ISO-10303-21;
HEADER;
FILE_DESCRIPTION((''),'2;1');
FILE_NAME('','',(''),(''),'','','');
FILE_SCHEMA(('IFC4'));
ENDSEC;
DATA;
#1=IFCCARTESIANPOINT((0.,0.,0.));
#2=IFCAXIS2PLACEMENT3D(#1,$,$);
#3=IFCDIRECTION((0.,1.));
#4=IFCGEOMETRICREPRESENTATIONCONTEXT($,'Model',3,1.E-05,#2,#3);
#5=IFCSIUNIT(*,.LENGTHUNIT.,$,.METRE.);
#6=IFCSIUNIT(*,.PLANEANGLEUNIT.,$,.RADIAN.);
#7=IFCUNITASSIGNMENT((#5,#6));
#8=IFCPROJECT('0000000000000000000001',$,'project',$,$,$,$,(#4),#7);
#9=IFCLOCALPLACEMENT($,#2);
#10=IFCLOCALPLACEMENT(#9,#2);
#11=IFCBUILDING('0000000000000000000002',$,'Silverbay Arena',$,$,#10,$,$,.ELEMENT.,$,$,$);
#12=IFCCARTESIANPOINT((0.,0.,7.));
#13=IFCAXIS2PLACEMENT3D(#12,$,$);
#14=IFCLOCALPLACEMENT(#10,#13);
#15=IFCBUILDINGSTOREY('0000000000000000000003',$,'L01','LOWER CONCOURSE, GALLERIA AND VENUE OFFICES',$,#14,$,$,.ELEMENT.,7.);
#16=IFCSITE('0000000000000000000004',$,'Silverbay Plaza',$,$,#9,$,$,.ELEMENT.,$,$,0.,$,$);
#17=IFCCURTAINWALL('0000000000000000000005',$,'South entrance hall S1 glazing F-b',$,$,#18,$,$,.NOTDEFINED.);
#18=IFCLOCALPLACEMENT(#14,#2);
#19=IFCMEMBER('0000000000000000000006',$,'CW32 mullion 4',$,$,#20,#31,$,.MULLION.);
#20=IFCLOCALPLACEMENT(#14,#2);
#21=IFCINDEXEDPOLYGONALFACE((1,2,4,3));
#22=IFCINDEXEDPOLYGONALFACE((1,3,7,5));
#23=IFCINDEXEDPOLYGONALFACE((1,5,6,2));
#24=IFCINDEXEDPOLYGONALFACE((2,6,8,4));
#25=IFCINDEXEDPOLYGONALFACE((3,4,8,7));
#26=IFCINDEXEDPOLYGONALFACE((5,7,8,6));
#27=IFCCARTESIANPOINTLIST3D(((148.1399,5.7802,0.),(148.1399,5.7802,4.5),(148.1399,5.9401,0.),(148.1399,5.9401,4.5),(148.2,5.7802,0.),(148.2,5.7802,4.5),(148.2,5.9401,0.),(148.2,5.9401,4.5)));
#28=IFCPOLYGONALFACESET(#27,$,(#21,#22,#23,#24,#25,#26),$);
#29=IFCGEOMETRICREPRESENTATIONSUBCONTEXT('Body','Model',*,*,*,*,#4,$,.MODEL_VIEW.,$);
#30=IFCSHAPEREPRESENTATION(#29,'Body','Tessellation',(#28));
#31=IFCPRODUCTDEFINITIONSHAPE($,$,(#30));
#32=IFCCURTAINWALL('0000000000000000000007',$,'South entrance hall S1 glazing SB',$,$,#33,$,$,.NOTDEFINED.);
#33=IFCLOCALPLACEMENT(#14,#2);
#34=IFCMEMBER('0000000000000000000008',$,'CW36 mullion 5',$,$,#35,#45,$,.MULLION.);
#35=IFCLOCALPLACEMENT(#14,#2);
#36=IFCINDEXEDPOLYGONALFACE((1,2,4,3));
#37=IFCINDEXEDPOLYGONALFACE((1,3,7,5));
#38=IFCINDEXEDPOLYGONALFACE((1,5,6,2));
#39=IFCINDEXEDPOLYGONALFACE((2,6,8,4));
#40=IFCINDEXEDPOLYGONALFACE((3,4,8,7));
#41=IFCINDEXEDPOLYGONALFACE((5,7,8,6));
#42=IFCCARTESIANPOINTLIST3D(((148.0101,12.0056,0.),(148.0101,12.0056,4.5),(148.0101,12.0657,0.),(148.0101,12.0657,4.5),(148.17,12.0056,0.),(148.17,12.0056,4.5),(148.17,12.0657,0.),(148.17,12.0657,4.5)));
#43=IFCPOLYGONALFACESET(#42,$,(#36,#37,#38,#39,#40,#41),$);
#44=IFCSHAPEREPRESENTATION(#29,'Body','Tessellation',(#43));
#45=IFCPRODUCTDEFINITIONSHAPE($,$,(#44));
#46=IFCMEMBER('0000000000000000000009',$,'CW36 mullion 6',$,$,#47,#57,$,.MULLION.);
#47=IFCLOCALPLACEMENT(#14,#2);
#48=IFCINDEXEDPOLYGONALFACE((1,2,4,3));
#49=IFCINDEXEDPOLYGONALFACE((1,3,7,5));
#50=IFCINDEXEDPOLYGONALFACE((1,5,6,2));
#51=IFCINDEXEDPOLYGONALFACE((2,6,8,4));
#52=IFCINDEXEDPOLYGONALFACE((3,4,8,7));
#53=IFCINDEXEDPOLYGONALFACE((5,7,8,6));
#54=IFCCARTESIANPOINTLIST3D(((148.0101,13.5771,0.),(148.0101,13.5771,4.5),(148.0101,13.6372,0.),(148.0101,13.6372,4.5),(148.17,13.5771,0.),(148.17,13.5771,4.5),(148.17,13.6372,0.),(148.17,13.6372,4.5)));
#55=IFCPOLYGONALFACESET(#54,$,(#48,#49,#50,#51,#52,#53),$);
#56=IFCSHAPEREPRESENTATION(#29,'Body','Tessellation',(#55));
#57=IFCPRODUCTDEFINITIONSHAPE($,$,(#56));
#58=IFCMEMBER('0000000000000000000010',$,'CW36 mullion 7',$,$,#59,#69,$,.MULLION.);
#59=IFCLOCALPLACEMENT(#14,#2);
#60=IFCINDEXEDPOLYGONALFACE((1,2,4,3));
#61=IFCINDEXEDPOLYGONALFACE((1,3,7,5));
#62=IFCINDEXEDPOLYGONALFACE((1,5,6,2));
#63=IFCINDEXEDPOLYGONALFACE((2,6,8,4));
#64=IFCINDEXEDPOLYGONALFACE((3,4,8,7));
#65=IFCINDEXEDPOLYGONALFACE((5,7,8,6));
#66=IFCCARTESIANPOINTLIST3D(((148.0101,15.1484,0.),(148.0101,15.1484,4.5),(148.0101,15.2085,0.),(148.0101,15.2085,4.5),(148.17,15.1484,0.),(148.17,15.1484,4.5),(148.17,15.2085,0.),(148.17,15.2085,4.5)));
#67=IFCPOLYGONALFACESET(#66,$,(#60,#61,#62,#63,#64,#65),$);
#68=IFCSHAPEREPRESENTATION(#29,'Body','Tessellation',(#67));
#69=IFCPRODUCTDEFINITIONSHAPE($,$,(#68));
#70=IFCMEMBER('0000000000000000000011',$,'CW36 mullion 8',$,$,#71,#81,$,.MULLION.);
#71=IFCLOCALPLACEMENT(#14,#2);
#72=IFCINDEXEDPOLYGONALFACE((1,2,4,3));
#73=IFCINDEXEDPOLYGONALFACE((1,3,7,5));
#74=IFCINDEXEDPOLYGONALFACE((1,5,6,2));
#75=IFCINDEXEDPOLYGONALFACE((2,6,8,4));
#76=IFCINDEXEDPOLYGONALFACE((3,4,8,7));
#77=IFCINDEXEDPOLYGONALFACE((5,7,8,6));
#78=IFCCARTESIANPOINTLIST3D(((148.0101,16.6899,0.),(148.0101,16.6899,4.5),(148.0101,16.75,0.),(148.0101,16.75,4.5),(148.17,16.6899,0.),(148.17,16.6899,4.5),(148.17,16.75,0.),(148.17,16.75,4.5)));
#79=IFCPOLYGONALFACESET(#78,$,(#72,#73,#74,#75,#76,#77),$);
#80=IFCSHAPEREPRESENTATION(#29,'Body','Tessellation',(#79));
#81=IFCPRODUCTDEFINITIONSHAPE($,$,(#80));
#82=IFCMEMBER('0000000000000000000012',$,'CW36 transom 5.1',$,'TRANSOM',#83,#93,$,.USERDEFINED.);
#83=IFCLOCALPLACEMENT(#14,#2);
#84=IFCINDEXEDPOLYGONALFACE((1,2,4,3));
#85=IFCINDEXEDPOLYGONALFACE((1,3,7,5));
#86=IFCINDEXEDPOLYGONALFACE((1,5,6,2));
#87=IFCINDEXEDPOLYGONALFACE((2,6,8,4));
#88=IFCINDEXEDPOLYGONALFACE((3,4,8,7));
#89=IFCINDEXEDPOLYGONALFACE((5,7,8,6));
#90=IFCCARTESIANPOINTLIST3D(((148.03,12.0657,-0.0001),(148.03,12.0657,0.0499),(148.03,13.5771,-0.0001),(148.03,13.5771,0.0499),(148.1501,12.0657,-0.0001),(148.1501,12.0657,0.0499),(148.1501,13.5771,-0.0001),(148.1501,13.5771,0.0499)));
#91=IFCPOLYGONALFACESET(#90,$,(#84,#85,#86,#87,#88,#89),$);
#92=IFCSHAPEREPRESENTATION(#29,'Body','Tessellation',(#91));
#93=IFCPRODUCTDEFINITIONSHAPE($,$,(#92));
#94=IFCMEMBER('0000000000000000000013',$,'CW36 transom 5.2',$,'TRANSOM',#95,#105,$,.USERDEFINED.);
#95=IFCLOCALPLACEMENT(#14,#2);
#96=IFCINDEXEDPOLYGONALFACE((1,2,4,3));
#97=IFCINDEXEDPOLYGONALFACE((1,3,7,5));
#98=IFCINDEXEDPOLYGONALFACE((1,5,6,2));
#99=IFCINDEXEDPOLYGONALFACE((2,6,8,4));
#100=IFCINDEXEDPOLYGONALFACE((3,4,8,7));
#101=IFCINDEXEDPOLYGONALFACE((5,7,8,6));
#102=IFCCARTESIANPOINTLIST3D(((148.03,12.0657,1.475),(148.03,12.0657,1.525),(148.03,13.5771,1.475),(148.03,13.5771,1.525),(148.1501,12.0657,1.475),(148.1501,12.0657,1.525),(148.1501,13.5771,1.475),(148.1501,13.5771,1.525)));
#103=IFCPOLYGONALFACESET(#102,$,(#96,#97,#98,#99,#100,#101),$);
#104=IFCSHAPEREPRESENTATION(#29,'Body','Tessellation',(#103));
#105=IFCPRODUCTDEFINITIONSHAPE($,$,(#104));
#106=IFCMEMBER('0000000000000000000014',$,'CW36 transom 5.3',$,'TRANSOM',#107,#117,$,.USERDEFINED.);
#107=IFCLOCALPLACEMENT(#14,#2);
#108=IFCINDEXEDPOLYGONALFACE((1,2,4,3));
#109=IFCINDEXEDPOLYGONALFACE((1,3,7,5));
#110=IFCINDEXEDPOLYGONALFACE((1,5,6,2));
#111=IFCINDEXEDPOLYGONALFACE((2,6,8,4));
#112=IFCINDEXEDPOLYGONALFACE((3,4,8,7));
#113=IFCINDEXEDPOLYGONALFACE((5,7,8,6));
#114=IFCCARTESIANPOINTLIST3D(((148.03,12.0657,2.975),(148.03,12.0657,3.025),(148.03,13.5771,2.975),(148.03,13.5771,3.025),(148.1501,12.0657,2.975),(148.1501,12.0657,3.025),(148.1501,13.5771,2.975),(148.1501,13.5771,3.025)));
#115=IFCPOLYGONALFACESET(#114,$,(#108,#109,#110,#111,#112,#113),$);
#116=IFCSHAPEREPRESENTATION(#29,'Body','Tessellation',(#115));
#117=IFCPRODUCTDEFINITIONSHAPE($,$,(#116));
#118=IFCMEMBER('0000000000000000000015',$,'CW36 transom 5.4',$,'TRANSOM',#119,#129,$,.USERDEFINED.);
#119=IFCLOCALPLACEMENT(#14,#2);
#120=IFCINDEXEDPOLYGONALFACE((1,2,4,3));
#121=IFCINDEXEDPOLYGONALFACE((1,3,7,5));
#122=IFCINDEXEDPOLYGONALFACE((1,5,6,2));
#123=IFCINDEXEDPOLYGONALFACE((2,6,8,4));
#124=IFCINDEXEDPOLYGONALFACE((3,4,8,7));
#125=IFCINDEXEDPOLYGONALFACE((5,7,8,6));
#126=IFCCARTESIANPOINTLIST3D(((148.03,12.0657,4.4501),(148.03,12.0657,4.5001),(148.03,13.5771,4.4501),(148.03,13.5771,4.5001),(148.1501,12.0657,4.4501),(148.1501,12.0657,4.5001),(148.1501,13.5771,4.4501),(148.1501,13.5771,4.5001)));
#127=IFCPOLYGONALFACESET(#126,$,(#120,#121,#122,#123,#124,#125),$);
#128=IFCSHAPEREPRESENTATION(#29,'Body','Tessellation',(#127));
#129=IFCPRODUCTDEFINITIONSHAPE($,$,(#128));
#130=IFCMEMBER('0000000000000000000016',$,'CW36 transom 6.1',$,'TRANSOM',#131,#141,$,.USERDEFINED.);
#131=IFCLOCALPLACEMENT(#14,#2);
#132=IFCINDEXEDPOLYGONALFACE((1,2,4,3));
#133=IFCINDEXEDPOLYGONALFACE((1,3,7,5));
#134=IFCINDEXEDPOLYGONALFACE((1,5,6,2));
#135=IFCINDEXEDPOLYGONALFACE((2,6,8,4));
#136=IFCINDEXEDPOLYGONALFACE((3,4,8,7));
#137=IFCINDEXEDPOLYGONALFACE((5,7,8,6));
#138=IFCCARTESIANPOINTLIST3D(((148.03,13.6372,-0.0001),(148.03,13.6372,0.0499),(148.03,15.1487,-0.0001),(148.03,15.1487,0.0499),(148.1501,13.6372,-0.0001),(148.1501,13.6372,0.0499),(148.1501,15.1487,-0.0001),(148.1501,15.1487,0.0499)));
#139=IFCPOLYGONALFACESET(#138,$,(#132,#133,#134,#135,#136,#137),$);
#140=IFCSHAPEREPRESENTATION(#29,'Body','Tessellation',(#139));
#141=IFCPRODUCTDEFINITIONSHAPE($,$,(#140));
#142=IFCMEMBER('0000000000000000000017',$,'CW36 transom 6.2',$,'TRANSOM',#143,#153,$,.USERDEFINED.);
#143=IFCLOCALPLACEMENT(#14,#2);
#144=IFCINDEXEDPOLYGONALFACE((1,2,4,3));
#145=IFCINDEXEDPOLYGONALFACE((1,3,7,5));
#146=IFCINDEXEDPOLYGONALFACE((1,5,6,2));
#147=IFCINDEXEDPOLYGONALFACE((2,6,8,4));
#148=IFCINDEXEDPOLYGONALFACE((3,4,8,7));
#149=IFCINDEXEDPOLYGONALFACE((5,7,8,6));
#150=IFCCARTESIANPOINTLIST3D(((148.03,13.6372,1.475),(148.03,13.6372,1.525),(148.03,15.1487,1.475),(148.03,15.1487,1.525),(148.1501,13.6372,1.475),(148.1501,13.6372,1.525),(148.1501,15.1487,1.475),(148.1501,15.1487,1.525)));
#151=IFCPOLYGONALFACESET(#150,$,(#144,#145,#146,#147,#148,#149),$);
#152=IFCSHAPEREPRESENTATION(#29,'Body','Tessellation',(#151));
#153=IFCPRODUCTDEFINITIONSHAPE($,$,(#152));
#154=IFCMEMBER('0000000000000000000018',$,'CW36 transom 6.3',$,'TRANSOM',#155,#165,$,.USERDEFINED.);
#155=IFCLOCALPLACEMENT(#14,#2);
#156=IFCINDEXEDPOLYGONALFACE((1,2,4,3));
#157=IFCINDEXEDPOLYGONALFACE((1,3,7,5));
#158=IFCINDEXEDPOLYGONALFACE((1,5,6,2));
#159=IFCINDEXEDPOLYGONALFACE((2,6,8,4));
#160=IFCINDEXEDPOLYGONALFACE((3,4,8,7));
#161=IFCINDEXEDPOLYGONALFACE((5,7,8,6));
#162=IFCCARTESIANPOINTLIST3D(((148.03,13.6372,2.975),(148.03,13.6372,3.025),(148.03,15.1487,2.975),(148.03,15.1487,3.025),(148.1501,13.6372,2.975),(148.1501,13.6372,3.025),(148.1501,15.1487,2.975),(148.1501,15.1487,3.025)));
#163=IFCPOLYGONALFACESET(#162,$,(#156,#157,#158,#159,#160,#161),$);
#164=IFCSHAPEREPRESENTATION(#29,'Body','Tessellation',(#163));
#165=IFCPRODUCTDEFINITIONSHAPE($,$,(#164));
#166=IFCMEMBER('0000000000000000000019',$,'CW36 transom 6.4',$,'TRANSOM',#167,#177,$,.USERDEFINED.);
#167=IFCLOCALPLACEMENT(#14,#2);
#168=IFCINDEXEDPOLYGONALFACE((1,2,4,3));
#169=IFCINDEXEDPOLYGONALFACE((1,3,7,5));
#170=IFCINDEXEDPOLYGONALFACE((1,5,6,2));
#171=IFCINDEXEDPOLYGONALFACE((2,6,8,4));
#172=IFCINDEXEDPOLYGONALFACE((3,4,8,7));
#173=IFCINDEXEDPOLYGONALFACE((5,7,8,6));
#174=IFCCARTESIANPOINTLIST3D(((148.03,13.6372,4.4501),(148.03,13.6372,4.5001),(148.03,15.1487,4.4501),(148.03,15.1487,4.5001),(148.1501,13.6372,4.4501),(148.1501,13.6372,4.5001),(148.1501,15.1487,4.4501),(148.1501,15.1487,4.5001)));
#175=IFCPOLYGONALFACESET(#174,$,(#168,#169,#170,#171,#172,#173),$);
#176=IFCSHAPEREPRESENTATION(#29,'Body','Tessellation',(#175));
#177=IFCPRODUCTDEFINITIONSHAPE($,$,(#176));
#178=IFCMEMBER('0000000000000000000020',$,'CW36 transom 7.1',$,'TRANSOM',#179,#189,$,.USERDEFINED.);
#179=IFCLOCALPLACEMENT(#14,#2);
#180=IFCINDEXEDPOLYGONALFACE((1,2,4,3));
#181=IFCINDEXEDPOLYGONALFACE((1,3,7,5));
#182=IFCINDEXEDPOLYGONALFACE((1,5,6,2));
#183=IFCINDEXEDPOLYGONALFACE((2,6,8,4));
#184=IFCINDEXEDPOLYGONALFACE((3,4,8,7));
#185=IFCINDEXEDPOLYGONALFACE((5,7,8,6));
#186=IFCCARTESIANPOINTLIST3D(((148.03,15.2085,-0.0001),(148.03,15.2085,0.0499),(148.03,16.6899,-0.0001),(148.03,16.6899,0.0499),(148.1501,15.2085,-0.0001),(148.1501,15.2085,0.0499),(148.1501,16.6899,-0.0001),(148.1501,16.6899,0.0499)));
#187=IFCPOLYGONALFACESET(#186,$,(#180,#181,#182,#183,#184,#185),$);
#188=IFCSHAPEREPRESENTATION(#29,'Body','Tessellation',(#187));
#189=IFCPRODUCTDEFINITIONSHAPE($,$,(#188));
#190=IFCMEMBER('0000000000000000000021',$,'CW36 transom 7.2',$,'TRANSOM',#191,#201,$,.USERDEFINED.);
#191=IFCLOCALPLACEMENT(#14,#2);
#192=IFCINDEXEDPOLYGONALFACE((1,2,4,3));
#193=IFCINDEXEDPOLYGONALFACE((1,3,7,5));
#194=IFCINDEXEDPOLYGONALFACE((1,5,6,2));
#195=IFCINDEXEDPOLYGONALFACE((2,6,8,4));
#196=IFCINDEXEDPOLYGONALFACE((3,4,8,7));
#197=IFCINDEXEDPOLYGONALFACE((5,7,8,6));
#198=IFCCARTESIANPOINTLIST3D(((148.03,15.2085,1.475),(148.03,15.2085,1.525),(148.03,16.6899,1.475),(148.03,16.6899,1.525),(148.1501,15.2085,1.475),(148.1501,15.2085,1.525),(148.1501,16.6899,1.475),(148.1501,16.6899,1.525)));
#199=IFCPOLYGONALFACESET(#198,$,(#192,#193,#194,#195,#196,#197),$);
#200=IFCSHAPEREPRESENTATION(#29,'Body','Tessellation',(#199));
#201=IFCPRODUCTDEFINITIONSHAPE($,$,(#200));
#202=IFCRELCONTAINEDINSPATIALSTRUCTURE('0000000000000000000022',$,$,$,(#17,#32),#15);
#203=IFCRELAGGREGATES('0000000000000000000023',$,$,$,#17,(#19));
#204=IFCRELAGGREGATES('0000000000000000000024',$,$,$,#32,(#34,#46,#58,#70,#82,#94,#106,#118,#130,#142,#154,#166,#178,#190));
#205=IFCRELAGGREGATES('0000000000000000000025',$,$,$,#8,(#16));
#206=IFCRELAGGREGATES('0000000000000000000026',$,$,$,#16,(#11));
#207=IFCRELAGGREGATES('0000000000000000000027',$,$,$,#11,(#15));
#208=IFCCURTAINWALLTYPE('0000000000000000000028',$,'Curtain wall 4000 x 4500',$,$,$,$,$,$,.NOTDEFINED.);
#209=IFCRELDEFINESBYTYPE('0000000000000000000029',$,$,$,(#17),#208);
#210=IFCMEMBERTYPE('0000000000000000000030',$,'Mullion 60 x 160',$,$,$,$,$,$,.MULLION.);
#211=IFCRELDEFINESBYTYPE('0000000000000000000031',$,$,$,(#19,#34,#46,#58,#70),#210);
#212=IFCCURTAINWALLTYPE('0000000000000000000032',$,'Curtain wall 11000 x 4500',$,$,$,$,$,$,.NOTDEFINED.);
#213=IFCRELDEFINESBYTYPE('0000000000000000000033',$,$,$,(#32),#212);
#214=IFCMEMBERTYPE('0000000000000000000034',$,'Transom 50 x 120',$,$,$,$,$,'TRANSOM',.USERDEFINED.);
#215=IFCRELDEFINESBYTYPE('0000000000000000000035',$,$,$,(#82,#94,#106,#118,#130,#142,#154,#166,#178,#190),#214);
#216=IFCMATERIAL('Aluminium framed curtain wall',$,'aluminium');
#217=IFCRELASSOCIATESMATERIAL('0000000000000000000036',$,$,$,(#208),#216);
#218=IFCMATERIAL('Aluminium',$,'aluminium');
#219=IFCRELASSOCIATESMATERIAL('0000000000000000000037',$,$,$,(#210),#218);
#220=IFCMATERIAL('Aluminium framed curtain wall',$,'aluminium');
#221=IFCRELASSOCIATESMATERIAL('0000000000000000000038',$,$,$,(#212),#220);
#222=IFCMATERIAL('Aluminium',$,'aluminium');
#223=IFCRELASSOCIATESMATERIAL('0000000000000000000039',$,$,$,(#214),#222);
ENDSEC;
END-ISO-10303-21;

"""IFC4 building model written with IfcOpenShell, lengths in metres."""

from ifc_helpers import new_model, si_unit, direction, frame, origin, origin_2d, place, context, subcontext, project, spatial, rectangle, extrude, material, material_profile, profile_set, type_object, element, aggregate, save


model = new_model("IFC4")

# Units and contexts
model_context = context("Model", 3, precision=1e-05, world=origin(), true_north=direction((0.0, 1.0)))
body_context = subcontext(model_context, "Body", "Model", "MODEL_VIEW")
ifc_project = project(units=[si_unit("LENGTHUNIT", "METRE"), si_unit("PLANEANGLEUNIT", "RADIAN")], contexts=[model_context])

# Site, building, storey
site_placement = place(None, origin())
site = spatial("IfcSite", under=ifc_project, at=site_placement, Name="Silverbay Plaza", CompositionType="ELEMENT", RefElevation=0.0)
building_placement = place(site_placement, origin())
building = spatial("IfcBuilding", under=site, at=building_placement, Name="Silverbay Arena", CompositionType="ELEMENT")
storey_placement = place(building_placement, frame((0.0, 0.0, 7.0)))
storey = spatial("IfcBuildingStorey", under=building, at=storey_placement, Name="L01", Description="LOWER CONCOURSE, GALLERIA AND VENUE OFFICES", CompositionType="ELEMENT", Elevation=7.0)

# Curtain wall, member
ifc_material_1 = material(Name="Aluminium framed curtain wall", Category="aluminium")
curtain_wall_type_1 = type_object("IfcCurtainWallType", Name="Curtain wall 4000 x 4500", PredefinedType="NOTDEFINED", material=ifc_material_1)
curtain_wall_1_placement = place(storey_placement, origin())
curtain_wall_1 = element("IfcCurtainWall", 1, at=curtain_wall_1_placement, inside=storey, type_object=curtain_wall_type_1, Name="South entrance hall S1 glazing F-b", PredefinedType="NOTDEFINED")
ifc_material_2 = material(Name="Aluminium", Category="aluminium")
ifc_material_profile_1 = material_profile(ifc_material_2, rectangle(XDim=0.1599, YDim=0.0601, at=origin_2d()), Name="Mullion 60 x 160")
ifc_profile_set_1 = profile_set([ifc_material_profile_1], Name="Aluminium")
member_type_1 = type_object("IfcMemberType", Name="Mullion 60 x 160", PredefinedType="MULLION", material=ifc_profile_set_1)
member_1_placement = place(storey_placement, frame((148.1699, 5.8601, 0.0), z_axis=(0.0, 0.0, 1.0), x_axis=(0.0, 1.0, 0.0)))
member_1 = element("IfcMember", 2, at=member_1_placement, type_object=member_type_1, Name="CW32 mullion 4", PredefinedType="MULLION", context=body_context, shape_type="SweptSolid", body=[
    extrude(rectangle(XDim=0.1599, YDim=0.0601, at=origin_2d()), origin(), (0.0, 0.0, 1.0), 4.5),
])
aggregate(curtain_wall_1, [member_1])

# Curtain wall, members
ifc_material_3 = material(Name="Aluminium framed curtain wall", Category="aluminium")
curtain_wall_type_2 = type_object("IfcCurtainWallType", Name="Curtain wall 11000 x 4500", PredefinedType="NOTDEFINED", material=ifc_material_3)
curtain_wall_2_placement = place(storey_placement, origin())
curtain_wall_2 = element("IfcCurtainWall", 3, at=curtain_wall_2_placement, inside=storey, type_object=curtain_wall_type_2, Name="South entrance hall S1 glazing SB", PredefinedType="NOTDEFINED")
member_2_placement = place(storey_placement, frame((148.0901, 12.0356, 0.0), z_axis=(0.0, 0.0, 1.0), x_axis=(-1.0, 0.0, 0.0)))
member_2 = element("IfcMember", 4, at=member_2_placement, type_object=member_type_1, Name="CW36 mullion 5", PredefinedType="MULLION", context=body_context, shape_type="SweptSolid", body=[
    extrude(rectangle(XDim=0.1599, YDim=0.0601, at=origin_2d()), origin(), (0.0, 0.0, 1.0), 4.5),
])
member_3_placement = place(storey_placement, frame((148.0901, 13.6072, 0.0), z_axis=(0.0, 0.0, 1.0), x_axis=(-1.0, 0.0, 0.0)))
member_3 = element("IfcMember", 5, at=member_3_placement, type_object=member_type_1, Name="CW36 mullion 6", PredefinedType="MULLION", context=body_context, shape_type="SweptSolid", body=[
    extrude(rectangle(XDim=0.1599, YDim=0.0601, at=origin_2d()), origin(), (0.0, 0.0, 1.0), 4.5),
])
member_4_placement = place(storey_placement, frame((148.0901, 15.1785, 0.0), z_axis=(0.0, 0.0, 1.0), x_axis=(-1.0, 0.0, 0.0)))
member_4 = element("IfcMember", 6, at=member_4_placement, type_object=member_type_1, Name="CW36 mullion 7", PredefinedType="MULLION", context=body_context, shape_type="SweptSolid", body=[
    extrude(rectangle(XDim=0.1599, YDim=0.0601, at=origin_2d()), origin(), (0.0, 0.0, 1.0), 4.5),
])
member_5_placement = place(storey_placement, frame((148.0901, 16.72, 0.0), z_axis=(0.0, 0.0, 1.0), x_axis=(-1.0, 0.0, 0.0)))
member_5 = element("IfcMember", 7, at=member_5_placement, type_object=member_type_1, Name="CW36 mullion 8", PredefinedType="MULLION", context=body_context, shape_type="SweptSolid", body=[
    extrude(rectangle(XDim=0.1599, YDim=0.0601, at=origin_2d()), origin(), (0.0, 0.0, 1.0), 4.5),
])
ifc_material_4 = material(Name="Aluminium", Category="aluminium")
ifc_material_profile_2 = material_profile(ifc_material_4, rectangle(XDim=0.1201, YDim=0.05, at=origin_2d()), Name="Transom 50 x 120")
ifc_profile_set_2 = profile_set([ifc_material_profile_2], Name="Aluminium")
member_type_2 = type_object("IfcMemberType", Name="Transom 50 x 120", ElementType="TRANSOM", PredefinedType="USERDEFINED", material=ifc_profile_set_2)
member_6_placement = place(storey_placement, frame((148.0901, 12.0657, 0.0249), z_axis=(0.0, 1.0, 0.0), x_axis=(-1.0, 0.0, 0.0)))
member_6 = element("IfcMember", 8, at=member_6_placement, type_object=member_type_2, Name="CW36 transom 5.1", ObjectType="TRANSOM", PredefinedType="USERDEFINED", context=body_context, shape_type="SweptSolid", body=[
    extrude(rectangle(XDim=0.1201, YDim=0.05, at=origin_2d()), origin(), (0.0, 0.0, 1.0), 1.5115),
])
member_7_placement = place(storey_placement, frame((148.0901, 12.0657, 1.5), z_axis=(0.0, 1.0, 0.0), x_axis=(-1.0, 0.0, 0.0)))
member_7 = element("IfcMember", 9, at=member_7_placement, type_object=member_type_2, Name="CW36 transom 5.2", ObjectType="TRANSOM", PredefinedType="USERDEFINED", context=body_context, shape_type="SweptSolid", body=[
    extrude(rectangle(XDim=0.1201, YDim=0.05, at=origin_2d()), origin(), (0.0, 0.0, 1.0), 1.5115),
])
member_8_placement = place(storey_placement, frame((148.0901, 12.0657, 3.0), z_axis=(0.0, 1.0, 0.0), x_axis=(-1.0, 0.0, 0.0)))
member_8 = element("IfcMember", 10, at=member_8_placement, type_object=member_type_2, Name="CW36 transom 5.3", ObjectType="TRANSOM", PredefinedType="USERDEFINED", context=body_context, shape_type="SweptSolid", body=[
    extrude(rectangle(XDim=0.1201, YDim=0.05, at=origin_2d()), origin(), (0.0, 0.0, 1.0), 1.5115),
])
member_9_placement = place(storey_placement, frame((148.0901, 12.0657, 4.4751), z_axis=(0.0, 1.0, 0.0), x_axis=(-1.0, 0.0, 0.0)))
member_9 = element("IfcMember", 11, at=member_9_placement, type_object=member_type_2, Name="CW36 transom 5.4", ObjectType="TRANSOM", PredefinedType="USERDEFINED", context=body_context, shape_type="SweptSolid", body=[
    extrude(rectangle(XDim=0.1201, YDim=0.05, at=origin_2d()), origin(), (0.0, 0.0, 1.0), 1.5115),
])
member_10_placement = place(storey_placement, frame((148.0901, 13.6372, 0.0249), z_axis=(0.0, 1.0, 0.0), x_axis=(-1.0, 0.0, 0.0)))
member_10 = element("IfcMember", 12, at=member_10_placement, type_object=member_type_2, Name="CW36 transom 6.1", ObjectType="TRANSOM", PredefinedType="USERDEFINED", context=body_context, shape_type="SweptSolid", body=[
    extrude(rectangle(XDim=0.1201, YDim=0.05, at=origin_2d()), origin(), (0.0, 0.0, 1.0), 1.5115),
])
member_11_placement = place(storey_placement, frame((148.0901, 13.6372, 1.5), z_axis=(0.0, 1.0, 0.0), x_axis=(-1.0, 0.0, 0.0)))
member_11 = element("IfcMember", 13, at=member_11_placement, type_object=member_type_2, Name="CW36 transom 6.2", ObjectType="TRANSOM", PredefinedType="USERDEFINED", context=body_context, shape_type="SweptSolid", body=[
    extrude(rectangle(XDim=0.1201, YDim=0.05, at=origin_2d()), origin(), (0.0, 0.0, 1.0), 1.5115),
])
member_12_placement = place(storey_placement, frame((148.0901, 13.6372, 3.0), z_axis=(0.0, 1.0, 0.0), x_axis=(-1.0, 0.0, 0.0)))
member_12 = element("IfcMember", 14, at=member_12_placement, type_object=member_type_2, Name="CW36 transom 6.3", ObjectType="TRANSOM", PredefinedType="USERDEFINED", context=body_context, shape_type="SweptSolid", body=[
    extrude(rectangle(XDim=0.1201, YDim=0.05, at=origin_2d()), origin(), (0.0, 0.0, 1.0), 1.5115),
])
member_13_placement = place(storey_placement, frame((148.0901, 13.6372, 4.4751), z_axis=(0.0, 1.0, 0.0), x_axis=(-1.0, 0.0, 0.0)))
member_13 = element("IfcMember", 15, at=member_13_placement, type_object=member_type_2, Name="CW36 transom 6.4", ObjectType="TRANSOM", PredefinedType="USERDEFINED", context=body_context, shape_type="SweptSolid", body=[
    extrude(rectangle(XDim=0.1201, YDim=0.05, at=origin_2d()), origin(), (0.0, 0.0, 1.0), 1.5115),
])
member_14_placement = place(storey_placement, frame((148.0901, 15.2085, 0.0249), z_axis=(0.0, 1.0, 0.0), x_axis=(-1.0, 0.0, 0.0)))
member_14 = element("IfcMember", 16, at=member_14_placement, type_object=member_type_2, Name="CW36 transom 7.1", ObjectType="TRANSOM", PredefinedType="USERDEFINED", context=body_context, shape_type="SweptSolid", body=[
    extrude(rectangle(XDim=0.1201, YDim=0.05, at=origin_2d()), origin(), (0.0, 0.0, 1.0), 1.4814),
])
member_15_placement = place(storey_placement, frame((148.0901, 15.2085, 1.5), z_axis=(0.0, 1.0, 0.0), x_axis=(-1.0, 0.0, 0.0)))
member_15 = element("IfcMember", 17, at=member_15_placement, type_object=member_type_2, Name="CW36 transom 7.2", ObjectType="TRANSOM", PredefinedType="USERDEFINED", context=body_context, shape_type="SweptSolid", body=[
    extrude(rectangle(XDim=0.1201, YDim=0.05, at=origin_2d()), origin(), (0.0, 0.0, 1.0), 1.4814),
])
aggregate(curtain_wall_2, [member_2, member_3, member_4, member_5, member_6, member_7, member_8, member_9, member_10, member_11, member_12, member_13, member_14, member_15])

save(model, "model.ifc")
